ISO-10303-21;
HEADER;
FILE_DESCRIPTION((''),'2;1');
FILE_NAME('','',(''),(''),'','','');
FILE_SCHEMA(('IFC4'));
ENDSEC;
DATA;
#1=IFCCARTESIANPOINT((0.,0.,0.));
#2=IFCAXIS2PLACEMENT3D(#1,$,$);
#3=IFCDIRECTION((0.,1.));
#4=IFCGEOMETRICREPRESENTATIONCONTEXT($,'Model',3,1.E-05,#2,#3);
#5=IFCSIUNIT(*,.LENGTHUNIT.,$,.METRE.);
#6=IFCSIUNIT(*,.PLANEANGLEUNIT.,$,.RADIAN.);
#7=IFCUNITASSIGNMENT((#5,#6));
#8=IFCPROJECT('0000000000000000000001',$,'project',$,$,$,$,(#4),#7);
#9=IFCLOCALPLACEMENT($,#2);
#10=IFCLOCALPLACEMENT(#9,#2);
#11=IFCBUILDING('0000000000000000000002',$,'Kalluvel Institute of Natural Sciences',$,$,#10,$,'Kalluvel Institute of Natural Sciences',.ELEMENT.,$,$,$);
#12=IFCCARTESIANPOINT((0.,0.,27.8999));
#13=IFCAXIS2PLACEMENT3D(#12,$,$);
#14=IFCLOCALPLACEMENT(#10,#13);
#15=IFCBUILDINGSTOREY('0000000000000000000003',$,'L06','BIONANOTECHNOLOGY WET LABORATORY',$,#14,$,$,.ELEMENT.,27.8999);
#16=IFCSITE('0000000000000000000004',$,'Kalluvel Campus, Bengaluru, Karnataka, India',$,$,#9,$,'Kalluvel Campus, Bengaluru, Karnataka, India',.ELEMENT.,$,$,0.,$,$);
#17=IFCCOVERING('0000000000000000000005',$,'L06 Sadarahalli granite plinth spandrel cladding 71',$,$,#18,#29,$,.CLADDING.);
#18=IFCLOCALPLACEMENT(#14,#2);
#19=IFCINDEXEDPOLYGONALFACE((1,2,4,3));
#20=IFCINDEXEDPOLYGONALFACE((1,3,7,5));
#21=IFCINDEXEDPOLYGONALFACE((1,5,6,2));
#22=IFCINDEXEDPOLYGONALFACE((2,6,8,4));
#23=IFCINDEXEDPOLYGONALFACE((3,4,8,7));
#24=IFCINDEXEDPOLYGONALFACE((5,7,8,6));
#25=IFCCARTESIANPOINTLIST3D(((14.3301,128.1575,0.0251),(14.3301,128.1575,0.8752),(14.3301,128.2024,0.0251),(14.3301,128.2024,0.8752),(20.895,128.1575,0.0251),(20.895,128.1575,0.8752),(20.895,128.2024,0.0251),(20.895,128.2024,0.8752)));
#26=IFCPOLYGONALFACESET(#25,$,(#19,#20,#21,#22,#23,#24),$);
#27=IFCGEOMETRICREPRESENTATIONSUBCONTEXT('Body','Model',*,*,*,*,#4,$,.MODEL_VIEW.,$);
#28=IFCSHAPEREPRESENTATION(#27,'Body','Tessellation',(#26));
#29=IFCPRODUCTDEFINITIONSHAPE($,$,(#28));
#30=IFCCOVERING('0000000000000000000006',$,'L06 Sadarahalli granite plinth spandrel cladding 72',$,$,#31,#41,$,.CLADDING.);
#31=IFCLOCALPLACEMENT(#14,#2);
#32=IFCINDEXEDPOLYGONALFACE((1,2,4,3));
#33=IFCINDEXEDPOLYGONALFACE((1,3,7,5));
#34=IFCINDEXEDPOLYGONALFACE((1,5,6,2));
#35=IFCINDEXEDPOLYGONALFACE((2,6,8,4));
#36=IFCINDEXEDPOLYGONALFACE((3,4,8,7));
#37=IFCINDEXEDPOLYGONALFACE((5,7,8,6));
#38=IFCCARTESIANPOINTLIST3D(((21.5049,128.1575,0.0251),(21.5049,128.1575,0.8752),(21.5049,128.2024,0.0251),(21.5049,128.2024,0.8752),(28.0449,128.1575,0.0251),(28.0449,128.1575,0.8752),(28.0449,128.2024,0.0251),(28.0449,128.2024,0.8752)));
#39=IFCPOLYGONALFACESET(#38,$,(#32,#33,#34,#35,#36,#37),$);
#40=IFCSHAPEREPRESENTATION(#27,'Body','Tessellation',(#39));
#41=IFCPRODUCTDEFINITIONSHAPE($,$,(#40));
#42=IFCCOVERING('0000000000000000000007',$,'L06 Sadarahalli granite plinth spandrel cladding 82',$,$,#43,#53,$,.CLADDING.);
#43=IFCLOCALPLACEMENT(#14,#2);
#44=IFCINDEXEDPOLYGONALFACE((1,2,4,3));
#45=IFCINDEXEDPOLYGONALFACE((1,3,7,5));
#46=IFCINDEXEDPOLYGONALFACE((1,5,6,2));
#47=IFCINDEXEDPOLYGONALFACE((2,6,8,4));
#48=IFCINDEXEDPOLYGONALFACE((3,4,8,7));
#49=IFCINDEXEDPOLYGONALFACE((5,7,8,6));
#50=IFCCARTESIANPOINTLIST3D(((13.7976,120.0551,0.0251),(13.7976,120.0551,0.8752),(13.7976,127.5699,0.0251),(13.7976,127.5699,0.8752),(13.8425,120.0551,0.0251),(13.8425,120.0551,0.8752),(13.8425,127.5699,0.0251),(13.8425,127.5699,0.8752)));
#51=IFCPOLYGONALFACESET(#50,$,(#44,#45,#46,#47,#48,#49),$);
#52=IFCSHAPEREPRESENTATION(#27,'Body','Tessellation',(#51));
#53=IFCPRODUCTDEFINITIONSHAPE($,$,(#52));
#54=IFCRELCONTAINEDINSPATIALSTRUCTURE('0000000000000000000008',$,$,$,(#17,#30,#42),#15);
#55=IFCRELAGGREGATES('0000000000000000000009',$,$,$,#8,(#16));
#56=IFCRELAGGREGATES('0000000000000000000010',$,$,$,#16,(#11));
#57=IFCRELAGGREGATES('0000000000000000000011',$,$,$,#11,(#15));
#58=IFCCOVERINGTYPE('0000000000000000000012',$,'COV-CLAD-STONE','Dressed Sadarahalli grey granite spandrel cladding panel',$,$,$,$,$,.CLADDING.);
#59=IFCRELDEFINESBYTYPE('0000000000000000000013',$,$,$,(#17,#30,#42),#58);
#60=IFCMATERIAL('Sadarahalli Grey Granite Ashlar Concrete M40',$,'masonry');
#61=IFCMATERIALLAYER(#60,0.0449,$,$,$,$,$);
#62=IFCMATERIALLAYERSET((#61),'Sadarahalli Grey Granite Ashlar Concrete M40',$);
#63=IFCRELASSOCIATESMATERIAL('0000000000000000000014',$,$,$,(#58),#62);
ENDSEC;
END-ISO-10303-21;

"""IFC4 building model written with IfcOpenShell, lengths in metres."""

from ifc_helpers import new_model, si_unit, direction, frame, origin, origin_2d, place, context, subcontext, project, spatial, rectangle, extrude, material, layer, layer_set, type_object, element, save


model = new_model("IFC4")

# Units and contexts
model_context = context("Model", 3, precision=1e-05, world=origin(), true_north=direction((0.0, 1.0)))
body_context = subcontext(model_context, "Body", "Model", "MODEL_VIEW")
ifc_project = project(units=[si_unit("LENGTHUNIT", "METRE"), si_unit("PLANEANGLEUNIT", "RADIAN")], contexts=[model_context])

# Site, building, storey
site_placement = place(None, origin())
site = spatial("IfcSite", under=ifc_project, at=site_placement, Name="Kalluvel Campus, Bengaluru, Karnataka, India", LongName="Kalluvel Campus, Bengaluru, Karnataka, India", CompositionType="ELEMENT", RefElevation=0.0)
building_placement = place(site_placement, origin())
building = spatial("IfcBuilding", under=site, at=building_placement, Name="Kalluvel Institute of Natural Sciences", LongName="Kalluvel Institute of Natural Sciences", CompositionType="ELEMENT")
storey_placement = place(building_placement, frame((0.0, 0.0, 27.8999)))
storey = spatial("IfcBuildingStorey", under=building, at=storey_placement, Name="L06", Description="BIONANOTECHNOLOGY WET LABORATORY", CompositionType="ELEMENT", Elevation=27.8999)

# Shared definitions
ifc_material_1 = material(Name="Sadarahalli Grey Granite Ashlar Concrete M40", Category="masonry")

# Coverings
ifc_layer_1 = layer(ifc_material_1, 0.0449)
ifc_layer_set_1 = layer_set([ifc_layer_1], Name="Sadarahalli Grey Granite Ashlar Concrete M40")
covering_type = type_object("IfcCoveringType", Name="COV-CLAD-STONE", Description="Dressed Sadarahalli grey granite spandrel cladding panel", PredefinedType="CLADDING", material=ifc_layer_set_1)
covering_1_placement = place(storey_placement, frame((17.6125, 128.1799, 0.0251), z_axis=(0.0, 0.0, 1.0), x_axis=(1.0, 0.0, 0.0)))
element("IfcCovering", 1, at=covering_1_placement, inside=storey, type_object=covering_type, Name="L06 Sadarahalli granite plinth spandrel cladding 71", PredefinedType="CLADDING", context=body_context, shape_type="SweptSolid", body=[
    extrude(rectangle(XDim=6.5649, YDim=0.0449, at=origin_2d()), origin(), (0.0, 0.0, 1.0), 0.8501),
])
covering_2_placement = place(storey_placement, frame((24.7749, 128.1799, 0.0251), z_axis=(0.0, 0.0, 1.0), x_axis=(1.0, 0.0, 0.0)))
element("IfcCovering", 2, at=covering_2_placement, inside=storey, type_object=covering_type, Name="L06 Sadarahalli granite plinth spandrel cladding 72", PredefinedType="CLADDING", context=body_context, shape_type="SweptSolid", body=[
    extrude(rectangle(XDim=6.54, YDim=0.0449, at=origin_2d()), origin(), (0.0, 0.0, 1.0), 0.8501),
])
covering_3_placement = place(storey_placement, frame((13.8201, 123.8125, 0.0251), z_axis=(0.0, 0.0, 1.0), x_axis=(0.0, 1.0, 0.0)))
element("IfcCovering", 3, at=covering_3_placement, inside=storey, type_object=covering_type, Name="L06 Sadarahalli granite plinth spandrel cladding 82", PredefinedType="CLADDING", context=body_context, shape_type="SweptSolid", body=[
    extrude(rectangle(XDim=7.5149, YDim=0.0449, at=origin_2d()), origin(), (0.0, 0.0, 1.0), 0.8501),
])

save(model, "model.ifc")
